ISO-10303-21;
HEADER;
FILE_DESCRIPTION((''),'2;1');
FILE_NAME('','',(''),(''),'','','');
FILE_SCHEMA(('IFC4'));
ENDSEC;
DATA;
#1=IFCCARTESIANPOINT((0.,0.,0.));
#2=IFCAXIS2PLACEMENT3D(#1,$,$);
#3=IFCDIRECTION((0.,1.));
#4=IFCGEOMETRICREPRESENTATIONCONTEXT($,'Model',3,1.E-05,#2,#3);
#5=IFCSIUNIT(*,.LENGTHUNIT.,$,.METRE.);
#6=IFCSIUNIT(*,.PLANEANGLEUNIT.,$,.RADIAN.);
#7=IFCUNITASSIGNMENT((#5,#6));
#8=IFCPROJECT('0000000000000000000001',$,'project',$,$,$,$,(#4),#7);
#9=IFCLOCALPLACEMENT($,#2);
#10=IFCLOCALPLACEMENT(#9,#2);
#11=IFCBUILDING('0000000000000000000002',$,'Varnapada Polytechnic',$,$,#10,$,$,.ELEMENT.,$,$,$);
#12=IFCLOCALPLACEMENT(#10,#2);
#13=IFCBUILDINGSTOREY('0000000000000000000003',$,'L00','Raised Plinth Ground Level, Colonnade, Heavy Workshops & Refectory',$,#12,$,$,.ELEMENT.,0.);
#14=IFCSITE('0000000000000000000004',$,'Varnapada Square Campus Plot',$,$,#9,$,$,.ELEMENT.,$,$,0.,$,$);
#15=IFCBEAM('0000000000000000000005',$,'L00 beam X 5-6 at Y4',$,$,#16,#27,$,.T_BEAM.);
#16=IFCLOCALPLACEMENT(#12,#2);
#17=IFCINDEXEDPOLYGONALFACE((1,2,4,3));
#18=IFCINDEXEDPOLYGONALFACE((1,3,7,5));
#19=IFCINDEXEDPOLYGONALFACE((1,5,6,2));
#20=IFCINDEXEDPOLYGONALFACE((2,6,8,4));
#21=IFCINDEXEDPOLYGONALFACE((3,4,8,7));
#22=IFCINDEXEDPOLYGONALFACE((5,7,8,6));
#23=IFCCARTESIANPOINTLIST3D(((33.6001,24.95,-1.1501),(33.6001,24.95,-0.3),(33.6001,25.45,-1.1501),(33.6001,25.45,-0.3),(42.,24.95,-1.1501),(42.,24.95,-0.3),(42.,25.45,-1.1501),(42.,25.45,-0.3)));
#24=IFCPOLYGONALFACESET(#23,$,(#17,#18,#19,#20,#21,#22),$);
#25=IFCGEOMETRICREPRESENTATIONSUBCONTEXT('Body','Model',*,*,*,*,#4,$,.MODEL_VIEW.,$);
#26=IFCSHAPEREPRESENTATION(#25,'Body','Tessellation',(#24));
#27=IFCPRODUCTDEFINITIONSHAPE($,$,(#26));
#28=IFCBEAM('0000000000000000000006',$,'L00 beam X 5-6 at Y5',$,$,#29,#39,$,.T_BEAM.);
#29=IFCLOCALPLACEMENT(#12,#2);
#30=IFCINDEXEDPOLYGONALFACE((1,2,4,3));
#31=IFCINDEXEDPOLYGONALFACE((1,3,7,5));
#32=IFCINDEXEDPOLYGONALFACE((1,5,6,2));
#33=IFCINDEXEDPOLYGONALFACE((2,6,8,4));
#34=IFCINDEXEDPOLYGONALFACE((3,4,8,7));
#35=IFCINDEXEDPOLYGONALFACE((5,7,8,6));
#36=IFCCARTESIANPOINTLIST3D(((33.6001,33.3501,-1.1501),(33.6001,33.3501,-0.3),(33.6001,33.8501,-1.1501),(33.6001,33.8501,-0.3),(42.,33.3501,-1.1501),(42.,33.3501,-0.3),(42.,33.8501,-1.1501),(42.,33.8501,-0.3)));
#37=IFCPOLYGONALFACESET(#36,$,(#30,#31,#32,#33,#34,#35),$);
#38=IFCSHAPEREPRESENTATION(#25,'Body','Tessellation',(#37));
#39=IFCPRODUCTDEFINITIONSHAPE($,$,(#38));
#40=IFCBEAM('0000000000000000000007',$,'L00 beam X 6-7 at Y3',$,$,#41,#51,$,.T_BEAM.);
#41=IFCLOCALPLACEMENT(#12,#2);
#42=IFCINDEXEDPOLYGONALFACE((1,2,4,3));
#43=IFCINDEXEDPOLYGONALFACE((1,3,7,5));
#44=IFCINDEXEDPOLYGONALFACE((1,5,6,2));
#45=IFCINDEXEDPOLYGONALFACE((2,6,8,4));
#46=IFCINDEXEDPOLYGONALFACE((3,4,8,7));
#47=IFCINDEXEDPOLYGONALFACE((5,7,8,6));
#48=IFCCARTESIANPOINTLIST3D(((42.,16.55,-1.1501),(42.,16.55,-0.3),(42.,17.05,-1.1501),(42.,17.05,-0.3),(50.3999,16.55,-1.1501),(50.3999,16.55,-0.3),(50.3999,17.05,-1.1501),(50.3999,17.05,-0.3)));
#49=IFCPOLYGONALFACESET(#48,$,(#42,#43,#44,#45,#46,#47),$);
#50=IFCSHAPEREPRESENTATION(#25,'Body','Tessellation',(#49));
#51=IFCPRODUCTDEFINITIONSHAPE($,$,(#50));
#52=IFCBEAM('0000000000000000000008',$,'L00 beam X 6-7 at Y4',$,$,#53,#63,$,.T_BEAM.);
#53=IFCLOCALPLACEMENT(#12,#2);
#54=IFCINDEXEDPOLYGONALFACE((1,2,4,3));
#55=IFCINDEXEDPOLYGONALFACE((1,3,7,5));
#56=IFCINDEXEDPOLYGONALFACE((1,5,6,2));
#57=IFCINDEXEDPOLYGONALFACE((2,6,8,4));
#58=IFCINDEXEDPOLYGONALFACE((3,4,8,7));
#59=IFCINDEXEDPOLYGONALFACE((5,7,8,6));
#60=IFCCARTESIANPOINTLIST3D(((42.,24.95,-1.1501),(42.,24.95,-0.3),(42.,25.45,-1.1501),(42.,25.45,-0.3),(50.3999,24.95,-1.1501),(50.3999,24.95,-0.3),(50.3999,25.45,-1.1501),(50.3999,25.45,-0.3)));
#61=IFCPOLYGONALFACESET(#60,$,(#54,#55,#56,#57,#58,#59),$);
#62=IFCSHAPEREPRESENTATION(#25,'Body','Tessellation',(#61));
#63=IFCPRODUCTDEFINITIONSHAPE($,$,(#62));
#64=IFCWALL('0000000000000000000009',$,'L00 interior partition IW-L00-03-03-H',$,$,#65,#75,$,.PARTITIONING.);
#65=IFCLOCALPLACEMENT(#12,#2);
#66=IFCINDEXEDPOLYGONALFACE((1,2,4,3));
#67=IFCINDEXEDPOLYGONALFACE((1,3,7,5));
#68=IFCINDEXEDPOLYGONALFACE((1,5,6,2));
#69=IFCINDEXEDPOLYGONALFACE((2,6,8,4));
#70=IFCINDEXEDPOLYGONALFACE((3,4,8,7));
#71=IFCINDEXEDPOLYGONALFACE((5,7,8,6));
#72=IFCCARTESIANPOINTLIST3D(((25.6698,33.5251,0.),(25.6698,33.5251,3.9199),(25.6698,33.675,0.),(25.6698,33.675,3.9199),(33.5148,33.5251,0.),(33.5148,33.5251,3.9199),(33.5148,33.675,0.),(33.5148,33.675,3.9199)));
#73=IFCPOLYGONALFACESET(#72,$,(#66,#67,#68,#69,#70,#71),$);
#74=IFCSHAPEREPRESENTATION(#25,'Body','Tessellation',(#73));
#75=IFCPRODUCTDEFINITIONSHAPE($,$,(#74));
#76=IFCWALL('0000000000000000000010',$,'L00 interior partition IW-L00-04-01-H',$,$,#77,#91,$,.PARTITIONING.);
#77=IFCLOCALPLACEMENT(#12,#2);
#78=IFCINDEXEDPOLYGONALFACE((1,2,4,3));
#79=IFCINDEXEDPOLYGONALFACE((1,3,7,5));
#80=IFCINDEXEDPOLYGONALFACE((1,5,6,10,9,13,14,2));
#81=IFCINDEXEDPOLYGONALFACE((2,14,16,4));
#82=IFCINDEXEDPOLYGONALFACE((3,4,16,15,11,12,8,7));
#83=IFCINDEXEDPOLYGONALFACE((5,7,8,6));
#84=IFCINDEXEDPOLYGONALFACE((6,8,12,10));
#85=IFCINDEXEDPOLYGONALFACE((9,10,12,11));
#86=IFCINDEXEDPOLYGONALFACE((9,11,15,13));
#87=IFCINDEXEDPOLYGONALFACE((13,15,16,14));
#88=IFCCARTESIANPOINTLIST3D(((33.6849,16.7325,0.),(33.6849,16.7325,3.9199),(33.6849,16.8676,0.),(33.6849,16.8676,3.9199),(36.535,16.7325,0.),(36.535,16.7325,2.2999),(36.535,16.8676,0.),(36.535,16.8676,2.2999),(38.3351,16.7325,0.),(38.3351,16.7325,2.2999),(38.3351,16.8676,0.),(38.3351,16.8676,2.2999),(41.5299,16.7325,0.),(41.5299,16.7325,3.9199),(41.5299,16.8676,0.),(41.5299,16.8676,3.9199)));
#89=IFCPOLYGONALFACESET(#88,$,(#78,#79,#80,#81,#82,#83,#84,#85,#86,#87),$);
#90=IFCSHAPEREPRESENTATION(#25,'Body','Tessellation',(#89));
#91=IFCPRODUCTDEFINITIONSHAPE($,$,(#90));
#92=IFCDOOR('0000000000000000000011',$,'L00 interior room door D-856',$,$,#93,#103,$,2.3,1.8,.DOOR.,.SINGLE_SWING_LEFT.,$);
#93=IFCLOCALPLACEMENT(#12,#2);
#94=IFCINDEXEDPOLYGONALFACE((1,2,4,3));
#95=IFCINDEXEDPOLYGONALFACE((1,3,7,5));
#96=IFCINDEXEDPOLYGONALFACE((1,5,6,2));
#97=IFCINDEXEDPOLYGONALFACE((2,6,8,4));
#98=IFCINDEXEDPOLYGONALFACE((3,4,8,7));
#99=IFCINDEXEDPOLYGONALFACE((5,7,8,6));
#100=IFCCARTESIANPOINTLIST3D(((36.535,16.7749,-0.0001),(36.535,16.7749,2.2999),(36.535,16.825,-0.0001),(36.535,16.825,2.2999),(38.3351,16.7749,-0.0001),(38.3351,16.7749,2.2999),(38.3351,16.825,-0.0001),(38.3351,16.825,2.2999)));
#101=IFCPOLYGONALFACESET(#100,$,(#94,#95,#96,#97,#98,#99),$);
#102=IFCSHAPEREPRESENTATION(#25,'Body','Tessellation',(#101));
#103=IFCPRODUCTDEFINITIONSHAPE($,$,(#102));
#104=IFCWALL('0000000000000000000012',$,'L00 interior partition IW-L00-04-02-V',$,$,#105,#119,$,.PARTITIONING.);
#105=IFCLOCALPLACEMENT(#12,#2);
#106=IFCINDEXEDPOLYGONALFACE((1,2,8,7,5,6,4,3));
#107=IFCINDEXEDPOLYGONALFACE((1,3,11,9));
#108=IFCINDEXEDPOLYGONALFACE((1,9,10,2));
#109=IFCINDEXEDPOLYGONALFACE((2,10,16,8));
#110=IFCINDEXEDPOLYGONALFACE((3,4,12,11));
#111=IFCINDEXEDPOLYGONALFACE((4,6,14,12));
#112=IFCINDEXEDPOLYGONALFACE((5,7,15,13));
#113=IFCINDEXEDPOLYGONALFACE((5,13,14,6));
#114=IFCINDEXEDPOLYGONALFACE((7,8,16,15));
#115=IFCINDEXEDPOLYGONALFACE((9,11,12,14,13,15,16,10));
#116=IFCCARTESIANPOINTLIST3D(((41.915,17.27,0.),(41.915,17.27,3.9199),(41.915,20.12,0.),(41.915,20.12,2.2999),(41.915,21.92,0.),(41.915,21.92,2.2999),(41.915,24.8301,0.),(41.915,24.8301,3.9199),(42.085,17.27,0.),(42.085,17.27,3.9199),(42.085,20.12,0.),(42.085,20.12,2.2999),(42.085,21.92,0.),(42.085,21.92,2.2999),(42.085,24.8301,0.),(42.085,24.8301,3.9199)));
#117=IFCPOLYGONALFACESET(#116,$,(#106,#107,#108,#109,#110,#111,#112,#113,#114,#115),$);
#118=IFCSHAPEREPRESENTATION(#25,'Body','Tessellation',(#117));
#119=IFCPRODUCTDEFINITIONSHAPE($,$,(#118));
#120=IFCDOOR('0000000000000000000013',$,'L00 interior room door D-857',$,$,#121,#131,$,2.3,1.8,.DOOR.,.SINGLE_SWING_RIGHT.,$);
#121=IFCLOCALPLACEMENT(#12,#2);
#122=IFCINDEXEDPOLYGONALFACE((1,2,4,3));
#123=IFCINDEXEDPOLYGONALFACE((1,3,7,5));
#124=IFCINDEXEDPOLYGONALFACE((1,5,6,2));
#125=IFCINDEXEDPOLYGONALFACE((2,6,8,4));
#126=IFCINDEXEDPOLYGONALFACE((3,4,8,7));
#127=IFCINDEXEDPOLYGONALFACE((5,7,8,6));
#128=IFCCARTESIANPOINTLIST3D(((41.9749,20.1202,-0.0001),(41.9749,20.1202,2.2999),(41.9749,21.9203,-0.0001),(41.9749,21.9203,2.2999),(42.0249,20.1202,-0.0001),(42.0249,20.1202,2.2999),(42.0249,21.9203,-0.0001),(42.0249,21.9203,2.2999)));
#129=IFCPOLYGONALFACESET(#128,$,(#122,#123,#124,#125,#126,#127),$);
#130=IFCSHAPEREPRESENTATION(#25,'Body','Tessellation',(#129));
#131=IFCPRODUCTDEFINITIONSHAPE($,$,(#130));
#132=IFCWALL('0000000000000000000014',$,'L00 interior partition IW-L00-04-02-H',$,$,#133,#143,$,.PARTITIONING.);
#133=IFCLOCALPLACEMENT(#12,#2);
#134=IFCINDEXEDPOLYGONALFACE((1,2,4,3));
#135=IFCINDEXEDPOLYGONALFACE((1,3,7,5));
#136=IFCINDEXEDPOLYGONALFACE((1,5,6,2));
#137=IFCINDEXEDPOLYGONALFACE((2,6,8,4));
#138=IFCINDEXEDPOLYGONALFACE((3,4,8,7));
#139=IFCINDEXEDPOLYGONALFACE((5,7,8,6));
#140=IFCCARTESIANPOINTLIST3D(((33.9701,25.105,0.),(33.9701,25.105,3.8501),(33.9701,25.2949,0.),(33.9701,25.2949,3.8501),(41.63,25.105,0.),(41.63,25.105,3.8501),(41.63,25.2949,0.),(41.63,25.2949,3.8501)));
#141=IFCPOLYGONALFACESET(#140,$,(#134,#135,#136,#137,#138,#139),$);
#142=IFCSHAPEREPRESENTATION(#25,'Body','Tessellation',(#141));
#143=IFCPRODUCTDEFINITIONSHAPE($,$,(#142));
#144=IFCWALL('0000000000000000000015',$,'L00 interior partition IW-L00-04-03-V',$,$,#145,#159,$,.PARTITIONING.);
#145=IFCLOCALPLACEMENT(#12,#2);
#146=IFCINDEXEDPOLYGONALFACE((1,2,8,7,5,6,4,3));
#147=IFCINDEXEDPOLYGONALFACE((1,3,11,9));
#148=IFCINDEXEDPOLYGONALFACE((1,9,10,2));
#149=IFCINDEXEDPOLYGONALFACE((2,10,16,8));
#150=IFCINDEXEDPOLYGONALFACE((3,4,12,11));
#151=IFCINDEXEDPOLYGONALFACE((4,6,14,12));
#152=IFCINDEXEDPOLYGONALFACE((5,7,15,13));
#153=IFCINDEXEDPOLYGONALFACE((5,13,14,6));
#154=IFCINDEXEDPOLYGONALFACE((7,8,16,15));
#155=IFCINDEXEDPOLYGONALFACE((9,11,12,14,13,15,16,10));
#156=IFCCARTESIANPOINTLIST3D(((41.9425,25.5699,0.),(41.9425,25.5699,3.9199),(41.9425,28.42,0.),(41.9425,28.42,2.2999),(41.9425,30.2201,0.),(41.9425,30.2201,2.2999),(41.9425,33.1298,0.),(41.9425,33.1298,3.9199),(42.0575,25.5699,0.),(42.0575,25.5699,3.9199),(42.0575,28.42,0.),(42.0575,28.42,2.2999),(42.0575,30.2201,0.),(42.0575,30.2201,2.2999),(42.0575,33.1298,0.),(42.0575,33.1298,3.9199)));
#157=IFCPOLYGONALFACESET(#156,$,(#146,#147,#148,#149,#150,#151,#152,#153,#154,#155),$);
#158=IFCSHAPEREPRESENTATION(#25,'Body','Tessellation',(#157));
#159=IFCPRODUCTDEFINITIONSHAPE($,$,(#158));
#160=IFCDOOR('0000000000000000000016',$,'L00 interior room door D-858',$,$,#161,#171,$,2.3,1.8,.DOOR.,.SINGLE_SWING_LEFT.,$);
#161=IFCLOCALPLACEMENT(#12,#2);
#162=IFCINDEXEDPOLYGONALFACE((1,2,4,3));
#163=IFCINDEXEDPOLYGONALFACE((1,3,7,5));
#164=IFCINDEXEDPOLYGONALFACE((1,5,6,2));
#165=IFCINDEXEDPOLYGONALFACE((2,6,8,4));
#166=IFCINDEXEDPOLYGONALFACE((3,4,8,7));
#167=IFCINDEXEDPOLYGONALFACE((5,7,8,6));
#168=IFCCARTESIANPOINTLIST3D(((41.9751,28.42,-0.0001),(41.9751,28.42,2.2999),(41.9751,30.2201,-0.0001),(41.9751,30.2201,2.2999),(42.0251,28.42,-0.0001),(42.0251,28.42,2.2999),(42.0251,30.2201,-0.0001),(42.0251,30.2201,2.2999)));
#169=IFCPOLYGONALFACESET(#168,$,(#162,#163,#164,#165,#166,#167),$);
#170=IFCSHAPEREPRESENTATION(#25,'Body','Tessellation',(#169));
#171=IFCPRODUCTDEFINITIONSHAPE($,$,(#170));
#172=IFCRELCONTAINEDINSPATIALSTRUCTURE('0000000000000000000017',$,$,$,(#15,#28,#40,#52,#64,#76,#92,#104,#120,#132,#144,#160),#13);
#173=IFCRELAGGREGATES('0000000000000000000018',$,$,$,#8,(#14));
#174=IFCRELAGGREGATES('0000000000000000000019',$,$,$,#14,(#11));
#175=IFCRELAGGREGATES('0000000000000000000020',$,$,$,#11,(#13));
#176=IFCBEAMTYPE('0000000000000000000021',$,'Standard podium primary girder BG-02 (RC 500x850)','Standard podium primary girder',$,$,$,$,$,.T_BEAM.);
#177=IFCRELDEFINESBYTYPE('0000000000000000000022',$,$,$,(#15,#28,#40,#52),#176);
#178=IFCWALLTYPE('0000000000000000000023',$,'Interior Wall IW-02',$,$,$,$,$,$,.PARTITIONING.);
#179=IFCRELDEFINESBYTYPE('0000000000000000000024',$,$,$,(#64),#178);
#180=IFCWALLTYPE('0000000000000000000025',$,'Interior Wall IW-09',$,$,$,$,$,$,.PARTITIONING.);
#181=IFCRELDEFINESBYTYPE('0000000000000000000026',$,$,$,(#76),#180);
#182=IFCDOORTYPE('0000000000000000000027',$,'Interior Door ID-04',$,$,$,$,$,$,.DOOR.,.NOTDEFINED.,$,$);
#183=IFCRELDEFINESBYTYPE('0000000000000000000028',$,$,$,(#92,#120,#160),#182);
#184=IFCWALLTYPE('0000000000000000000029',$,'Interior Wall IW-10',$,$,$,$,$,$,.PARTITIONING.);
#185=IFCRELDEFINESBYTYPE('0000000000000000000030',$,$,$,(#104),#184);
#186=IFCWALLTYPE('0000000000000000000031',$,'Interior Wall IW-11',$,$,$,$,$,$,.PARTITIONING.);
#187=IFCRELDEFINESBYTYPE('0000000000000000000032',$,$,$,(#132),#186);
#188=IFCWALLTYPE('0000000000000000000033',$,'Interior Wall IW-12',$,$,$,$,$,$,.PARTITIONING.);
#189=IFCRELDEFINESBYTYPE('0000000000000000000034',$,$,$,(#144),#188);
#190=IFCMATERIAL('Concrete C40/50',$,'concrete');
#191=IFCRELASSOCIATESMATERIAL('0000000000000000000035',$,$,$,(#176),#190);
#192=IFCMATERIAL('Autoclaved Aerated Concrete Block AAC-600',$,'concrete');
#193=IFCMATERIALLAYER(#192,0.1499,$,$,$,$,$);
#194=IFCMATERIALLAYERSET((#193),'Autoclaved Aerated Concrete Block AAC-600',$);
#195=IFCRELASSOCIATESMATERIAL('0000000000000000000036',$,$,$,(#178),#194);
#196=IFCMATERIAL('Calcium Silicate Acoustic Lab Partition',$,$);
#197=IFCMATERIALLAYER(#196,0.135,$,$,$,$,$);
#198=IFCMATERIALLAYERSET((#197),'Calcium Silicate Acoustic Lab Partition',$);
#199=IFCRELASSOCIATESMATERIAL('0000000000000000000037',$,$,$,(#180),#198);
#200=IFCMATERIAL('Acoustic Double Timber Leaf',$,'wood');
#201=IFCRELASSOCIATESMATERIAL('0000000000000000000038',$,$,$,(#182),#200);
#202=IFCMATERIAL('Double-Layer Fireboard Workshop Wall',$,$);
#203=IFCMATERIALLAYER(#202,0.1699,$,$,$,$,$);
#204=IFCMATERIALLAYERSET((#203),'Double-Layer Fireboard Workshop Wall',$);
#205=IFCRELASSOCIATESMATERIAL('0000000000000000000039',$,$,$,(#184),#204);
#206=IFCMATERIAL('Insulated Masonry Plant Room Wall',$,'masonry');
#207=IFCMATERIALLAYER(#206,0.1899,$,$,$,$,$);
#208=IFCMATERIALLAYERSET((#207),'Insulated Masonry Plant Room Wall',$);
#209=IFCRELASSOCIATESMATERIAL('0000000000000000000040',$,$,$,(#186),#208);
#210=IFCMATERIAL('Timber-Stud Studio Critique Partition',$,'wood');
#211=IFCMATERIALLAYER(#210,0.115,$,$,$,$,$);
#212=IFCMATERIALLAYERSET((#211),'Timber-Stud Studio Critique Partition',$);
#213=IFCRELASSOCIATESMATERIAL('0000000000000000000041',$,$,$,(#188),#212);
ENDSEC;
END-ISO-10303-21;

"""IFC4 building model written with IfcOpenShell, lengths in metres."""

from ifc_helpers import new_model, si_unit, direction, frame, frame_2d, origin, origin_2d, place, context, subcontext, project, spatial, rectangle, extrude, material, layer, layer_set, material_profile, profile_set, type_object, element, fill, save


model = new_model("IFC4")

# Units and contexts
model_context = context("Model", 3, precision=1e-05, world=origin(), true_north=direction((0.0, 1.0)))
body_context = subcontext(model_context, "Body", "Model", "MODEL_VIEW")
ifc_project = project(units=[si_unit("LENGTHUNIT", "METRE"), si_unit("PLANEANGLEUNIT", "RADIAN")], contexts=[model_context])

# Site, building, storey
site_placement = place(None, origin())
site = spatial("IfcSite", under=ifc_project, at=site_placement, Name="Varnapada Square Campus Plot", CompositionType="ELEMENT", RefElevation=0.0)
building_placement = place(site_placement, origin())
building = spatial("IfcBuilding", under=site, at=building_placement, Name="Varnapada Polytechnic", CompositionType="ELEMENT")
storey_placement = place(building_placement, origin())
storey = spatial("IfcBuildingStorey", under=building, at=storey_placement, Name="L00", Description="Raised Plinth Ground Level, Colonnade, Heavy Workshops & Refectory", CompositionType="ELEMENT", Elevation=0.0)

# Shared definitions
ifc_material_1 = material(Name="Concrete C40/50", Category="concrete")

# Beams
ifc_material_profile_1 = material_profile(ifc_material_1, rectangle(XDim=0.5, YDim=0.8501, at=origin_2d()), Name="RC 500x850")
ifc_profile_set_1 = profile_set([ifc_material_profile_1], Name="Concrete C40/50")
beam_type_1 = type_object("IfcBeamType", Name="Standard podium primary girder BG-02 (RC 500x850)", Description="Standard podium primary girder", PredefinedType="T_BEAM", material=ifc_profile_set_1)
for number, where, z_axis, x_axis, name in (
    (1, (33.6001, 25.2, -0.7251), (1.0, 0.0, 0.0), (0.0, 1.0, 0.0), "L00 beam X 5-6 at Y4"),
    (2, (33.6001, 33.6001, -0.7251), (1.0, 0.0, 0.0), (0.0, 1.0, 0.0), "L00 beam X 5-6 at Y5"),
    (3, (42.0, 16.8, -0.7251), (1.0, 0.0, 0.0), (0.0, 1.0, 0.0), "L00 beam X 6-7 at Y3"),
    (4, (42.0, 25.2, -0.7251), (1.0, 0.0, 0.0), (0.0, 1.0, 0.0), "L00 beam X 6-7 at Y4"),
):
    element("IfcBeam", number, at=place(storey_placement, frame(where, z_axis=z_axis, x_axis=x_axis)), inside=storey, type_object=beam_type_1, Name=name, PredefinedType="T_BEAM", context=body_context, shape_type="SweptSolid", body=[
        extrude(rectangle(XDim=0.5, YDim=0.8501, at=origin_2d()), origin(), (0.0, 0.0, 1.0), 8.3999),
    ])

# Wall
ifc_material_2 = material(Name="Autoclaved Aerated Concrete Block AAC-600", Category="concrete")
ifc_layer_1 = layer(ifc_material_2, 0.1499)
ifc_layer_set_1 = layer_set([ifc_layer_1], Name="Autoclaved Aerated Concrete Block AAC-600")
wall_type_1 = type_object("IfcWallType", Name="Interior Wall IW-02", PredefinedType="PARTITIONING", material=ifc_layer_set_1)
wall_1_placement = place(storey_placement, frame((25.6699, 33.6001, 0.0), z_axis=(0.0, 0.0, 1.0), x_axis=(1.0, 0.0, 0.0)))
element("IfcWall", 5, at=wall_1_placement, inside=storey, type_object=wall_type_1, Name="L00 interior partition IW-L00-03-03-H", PredefinedType="PARTITIONING", context=body_context, shape_type="SweptSolid", body=[
    extrude(rectangle(XDim=7.845, YDim=0.1499, at=frame_2d((3.9224, 0.0))), origin(), (0.0, 0.0, 1.0), 3.9199),
])

# Walls, openings, doors
ifc_material_3 = material(Name="Calcium Silicate Acoustic Lab Partition")
ifc_layer_2 = layer(ifc_material_3, 0.135)
ifc_layer_set_2 = layer_set([ifc_layer_2], Name="Calcium Silicate Acoustic Lab Partition")
wall_type_2 = type_object("IfcWallType", Name="Interior Wall IW-09", PredefinedType="PARTITIONING", material=ifc_layer_set_2)
wall_2_placement = place(storey_placement, frame((33.6851, 16.8, 0.0), z_axis=(0.0, 0.0, 1.0), x_axis=(1.0, 0.0, 0.0)))
wall_2 = element("IfcWall", 6, at=wall_2_placement, inside=storey, type_object=wall_type_2, Name="L00 interior partition IW-L00-04-01-H", PredefinedType="PARTITIONING", context=body_context, shape_type="SweptSolid", body=[
    extrude(rectangle(XDim=7.845, YDim=0.135, at=frame_2d((3.9224, 0.0))), origin(), (0.0, 0.0, 1.0), 3.9199),
])
opening_1_placement = place(wall_2_placement, frame((2.8501, 0.0, 0.0)))
opening_1 = element("IfcOpeningElement", 7, at=opening_1_placement, cuts=wall_2, PredefinedType="OPENING", context=body_context, shape_type="SweptSolid", body=[
    extrude(rectangle(XDim=1.8, YDim=2.3, at=frame_2d((0.8999, 1.1499))), frame((0.0, 0.0774, 0.0), z_axis=(0.0, -1.0, 0.0), x_axis=(1.0, 0.0, 0.0)), (0.0, 0.0, 1.0), 0.155),
])
ifc_material_4 = material(Name="Acoustic Double Timber Leaf", Category="wood")
door_type = type_object("IfcDoorType", Name="Interior Door ID-04", OperationType="NOTDEFINED", PredefinedType="DOOR", material=ifc_material_4)
door_1_placement = place(opening_1_placement, origin())
door_1 = element("IfcDoor", 8, at=door_1_placement, inside=storey, type_object=door_type, Name="L00 interior room door D-856", OperationType="SINGLE_SWING_LEFT", OverallHeight=2.3, OverallWidth=1.8, PredefinedType="DOOR", context=body_context, shape_type="SweptSolid", body=[
    extrude(rectangle(XDim=1.8, YDim=2.3, at=frame_2d((0.8999, 1.1499))), frame((0.0, 0.0249, 0.0), z_axis=(0.0, -1.0, 0.0), x_axis=(1.0, 0.0, 0.0)), (0.0, 0.0, 1.0), 0.05),
])
fill(opening_1, door_1)
ifc_material_5 = material(Name="Double-Layer Fireboard Workshop Wall")
ifc_layer_3 = layer(ifc_material_5, 0.1699)
ifc_layer_set_3 = layer_set([ifc_layer_3], Name="Double-Layer Fireboard Workshop Wall")
wall_type_3 = type_object("IfcWallType", Name="Interior Wall IW-10", PredefinedType="PARTITIONING", material=ifc_layer_set_3)
wall_3_placement = place(storey_placement, frame((42.0, 17.27, 0.0), z_axis=(0.0, 0.0, 1.0), x_axis=(0.0, 1.0, 0.0)))
wall_3 = element("IfcWall", 9, at=wall_3_placement, inside=storey, type_object=wall_type_3, Name="L00 interior partition IW-L00-04-02-V", PredefinedType="PARTITIONING", context=body_context, shape_type="SweptSolid", body=[
    extrude(rectangle(XDim=7.5601, YDim=0.1699, at=frame_2d((3.78, 0.0))), origin(), (0.0, 0.0, 1.0), 3.9199),
])
opening_2_placement = place(wall_3_placement, frame((2.8501, 0.0, 0.0)))
opening_2 = element("IfcOpeningElement", 10, at=opening_2_placement, cuts=wall_3, PredefinedType="OPENING", context=body_context, shape_type="SweptSolid", body=[
    extrude(rectangle(XDim=1.8, YDim=2.3, at=frame_2d((0.8999, 1.1499))), frame((0.0, 0.095, 0.0), z_axis=(0.0, -1.0, 0.0), x_axis=(1.0, 0.0, 0.0)), (0.0, 0.0, 1.0), 0.1899),
])
door_2_placement = place(opening_2_placement, frame((1.8, 0.0, 0.0), z_axis=(0.0, 0.0, 1.0), x_axis=(-1.0, 0.0, 0.0)))
door_2 = element("IfcDoor", 11, at=door_2_placement, inside=storey, type_object=door_type, Name="L00 interior room door D-857", OperationType="SINGLE_SWING_RIGHT", OverallHeight=2.3, OverallWidth=1.8, PredefinedType="DOOR", context=body_context, shape_type="SweptSolid", body=[
    extrude(rectangle(XDim=1.8, YDim=2.3, at=frame_2d((0.8999, 1.1499))), frame((0.0, 0.0249, 0.0), z_axis=(0.0, -1.0, 0.0), x_axis=(1.0, 0.0, 0.0)), (0.0, 0.0, 1.0), 0.05),
])
fill(opening_2, door_2)

# Wall
ifc_material_6 = material(Name="Insulated Masonry Plant Room Wall", Category="masonry")
ifc_layer_4 = layer(ifc_material_6, 0.1899)
ifc_layer_set_4 = layer_set([ifc_layer_4], Name="Insulated Masonry Plant Room Wall")
wall_type_4 = type_object("IfcWallType", Name="Interior Wall IW-11", PredefinedType="PARTITIONING", material=ifc_layer_set_4)
wall_4_placement = place(storey_placement, frame((33.97, 25.2, 0.0), z_axis=(0.0, 0.0, 1.0), x_axis=(1.0, 0.0, 0.0)))
element("IfcWall", 12, at=wall_4_placement, inside=storey, type_object=wall_type_4, Name="L00 interior partition IW-L00-04-02-H", PredefinedType="PARTITIONING", context=body_context, shape_type="SweptSolid", body=[
    extrude(rectangle(XDim=7.6599, YDim=0.1899, at=frame_2d((3.8301, 0.0))), origin(), (0.0, 0.0, 1.0), 3.8501),
])

# Wall, opening, door
ifc_material_7 = material(Name="Timber-Stud Studio Critique Partition", Category="wood")
ifc_layer_5 = layer(ifc_material_7, 0.115)
ifc_layer_set_5 = layer_set([ifc_layer_5], Name="Timber-Stud Studio Critique Partition")
wall_type_5 = type_object("IfcWallType", Name="Interior Wall IW-12", PredefinedType="PARTITIONING", material=ifc_layer_set_5)
wall_5_placement = place(storey_placement, frame((42.0, 25.5701, 0.0), z_axis=(0.0, 0.0, 1.0), x_axis=(0.0, 1.0, 0.0)))
wall_5 = element("IfcWall", 13, at=wall_5_placement, inside=storey, type_object=wall_type_5, Name="L00 interior partition IW-L00-04-03-V", PredefinedType="PARTITIONING", context=body_context, shape_type="SweptSolid", body=[
    extrude(rectangle(XDim=7.5598, YDim=0.115, at=frame_2d((3.7798, 0.0))), origin(), (0.0, 0.0, 1.0), 3.9199),
])
opening_3_placement = place(wall_5_placement, frame((2.8501, 0.0, 0.0)))
opening_3 = element("IfcOpeningElement", 14, at=opening_3_placement, cuts=wall_5, PredefinedType="OPENING", context=body_context, shape_type="SweptSolid", body=[
    extrude(rectangle(XDim=1.8, YDim=2.3, at=frame_2d((0.8999, 1.1499))), frame((0.0, 0.0674, 0.0), z_axis=(0.0, -1.0, 0.0), x_axis=(1.0, 0.0, 0.0)), (0.0, 0.0, 1.0), 0.135),
])
door_3_placement = place(opening_3_placement, origin())
door_3 = element("IfcDoor", 15, at=door_3_placement, inside=storey, type_object=door_type, Name="L00 interior room door D-858", OperationType="SINGLE_SWING_LEFT", OverallHeight=2.3, OverallWidth=1.8, PredefinedType="DOOR", context=body_context, shape_type="SweptSolid", body=[
    extrude(rectangle(XDim=1.8, YDim=2.3, at=frame_2d((0.8999, 1.1499))), frame((0.0, 0.0249, 0.0), z_axis=(0.0, -1.0, 0.0), x_axis=(1.0, 0.0, 0.0)), (0.0, 0.0, 1.0), 0.05),
])
fill(opening_3, door_3)

save(model, "model.ifc")
